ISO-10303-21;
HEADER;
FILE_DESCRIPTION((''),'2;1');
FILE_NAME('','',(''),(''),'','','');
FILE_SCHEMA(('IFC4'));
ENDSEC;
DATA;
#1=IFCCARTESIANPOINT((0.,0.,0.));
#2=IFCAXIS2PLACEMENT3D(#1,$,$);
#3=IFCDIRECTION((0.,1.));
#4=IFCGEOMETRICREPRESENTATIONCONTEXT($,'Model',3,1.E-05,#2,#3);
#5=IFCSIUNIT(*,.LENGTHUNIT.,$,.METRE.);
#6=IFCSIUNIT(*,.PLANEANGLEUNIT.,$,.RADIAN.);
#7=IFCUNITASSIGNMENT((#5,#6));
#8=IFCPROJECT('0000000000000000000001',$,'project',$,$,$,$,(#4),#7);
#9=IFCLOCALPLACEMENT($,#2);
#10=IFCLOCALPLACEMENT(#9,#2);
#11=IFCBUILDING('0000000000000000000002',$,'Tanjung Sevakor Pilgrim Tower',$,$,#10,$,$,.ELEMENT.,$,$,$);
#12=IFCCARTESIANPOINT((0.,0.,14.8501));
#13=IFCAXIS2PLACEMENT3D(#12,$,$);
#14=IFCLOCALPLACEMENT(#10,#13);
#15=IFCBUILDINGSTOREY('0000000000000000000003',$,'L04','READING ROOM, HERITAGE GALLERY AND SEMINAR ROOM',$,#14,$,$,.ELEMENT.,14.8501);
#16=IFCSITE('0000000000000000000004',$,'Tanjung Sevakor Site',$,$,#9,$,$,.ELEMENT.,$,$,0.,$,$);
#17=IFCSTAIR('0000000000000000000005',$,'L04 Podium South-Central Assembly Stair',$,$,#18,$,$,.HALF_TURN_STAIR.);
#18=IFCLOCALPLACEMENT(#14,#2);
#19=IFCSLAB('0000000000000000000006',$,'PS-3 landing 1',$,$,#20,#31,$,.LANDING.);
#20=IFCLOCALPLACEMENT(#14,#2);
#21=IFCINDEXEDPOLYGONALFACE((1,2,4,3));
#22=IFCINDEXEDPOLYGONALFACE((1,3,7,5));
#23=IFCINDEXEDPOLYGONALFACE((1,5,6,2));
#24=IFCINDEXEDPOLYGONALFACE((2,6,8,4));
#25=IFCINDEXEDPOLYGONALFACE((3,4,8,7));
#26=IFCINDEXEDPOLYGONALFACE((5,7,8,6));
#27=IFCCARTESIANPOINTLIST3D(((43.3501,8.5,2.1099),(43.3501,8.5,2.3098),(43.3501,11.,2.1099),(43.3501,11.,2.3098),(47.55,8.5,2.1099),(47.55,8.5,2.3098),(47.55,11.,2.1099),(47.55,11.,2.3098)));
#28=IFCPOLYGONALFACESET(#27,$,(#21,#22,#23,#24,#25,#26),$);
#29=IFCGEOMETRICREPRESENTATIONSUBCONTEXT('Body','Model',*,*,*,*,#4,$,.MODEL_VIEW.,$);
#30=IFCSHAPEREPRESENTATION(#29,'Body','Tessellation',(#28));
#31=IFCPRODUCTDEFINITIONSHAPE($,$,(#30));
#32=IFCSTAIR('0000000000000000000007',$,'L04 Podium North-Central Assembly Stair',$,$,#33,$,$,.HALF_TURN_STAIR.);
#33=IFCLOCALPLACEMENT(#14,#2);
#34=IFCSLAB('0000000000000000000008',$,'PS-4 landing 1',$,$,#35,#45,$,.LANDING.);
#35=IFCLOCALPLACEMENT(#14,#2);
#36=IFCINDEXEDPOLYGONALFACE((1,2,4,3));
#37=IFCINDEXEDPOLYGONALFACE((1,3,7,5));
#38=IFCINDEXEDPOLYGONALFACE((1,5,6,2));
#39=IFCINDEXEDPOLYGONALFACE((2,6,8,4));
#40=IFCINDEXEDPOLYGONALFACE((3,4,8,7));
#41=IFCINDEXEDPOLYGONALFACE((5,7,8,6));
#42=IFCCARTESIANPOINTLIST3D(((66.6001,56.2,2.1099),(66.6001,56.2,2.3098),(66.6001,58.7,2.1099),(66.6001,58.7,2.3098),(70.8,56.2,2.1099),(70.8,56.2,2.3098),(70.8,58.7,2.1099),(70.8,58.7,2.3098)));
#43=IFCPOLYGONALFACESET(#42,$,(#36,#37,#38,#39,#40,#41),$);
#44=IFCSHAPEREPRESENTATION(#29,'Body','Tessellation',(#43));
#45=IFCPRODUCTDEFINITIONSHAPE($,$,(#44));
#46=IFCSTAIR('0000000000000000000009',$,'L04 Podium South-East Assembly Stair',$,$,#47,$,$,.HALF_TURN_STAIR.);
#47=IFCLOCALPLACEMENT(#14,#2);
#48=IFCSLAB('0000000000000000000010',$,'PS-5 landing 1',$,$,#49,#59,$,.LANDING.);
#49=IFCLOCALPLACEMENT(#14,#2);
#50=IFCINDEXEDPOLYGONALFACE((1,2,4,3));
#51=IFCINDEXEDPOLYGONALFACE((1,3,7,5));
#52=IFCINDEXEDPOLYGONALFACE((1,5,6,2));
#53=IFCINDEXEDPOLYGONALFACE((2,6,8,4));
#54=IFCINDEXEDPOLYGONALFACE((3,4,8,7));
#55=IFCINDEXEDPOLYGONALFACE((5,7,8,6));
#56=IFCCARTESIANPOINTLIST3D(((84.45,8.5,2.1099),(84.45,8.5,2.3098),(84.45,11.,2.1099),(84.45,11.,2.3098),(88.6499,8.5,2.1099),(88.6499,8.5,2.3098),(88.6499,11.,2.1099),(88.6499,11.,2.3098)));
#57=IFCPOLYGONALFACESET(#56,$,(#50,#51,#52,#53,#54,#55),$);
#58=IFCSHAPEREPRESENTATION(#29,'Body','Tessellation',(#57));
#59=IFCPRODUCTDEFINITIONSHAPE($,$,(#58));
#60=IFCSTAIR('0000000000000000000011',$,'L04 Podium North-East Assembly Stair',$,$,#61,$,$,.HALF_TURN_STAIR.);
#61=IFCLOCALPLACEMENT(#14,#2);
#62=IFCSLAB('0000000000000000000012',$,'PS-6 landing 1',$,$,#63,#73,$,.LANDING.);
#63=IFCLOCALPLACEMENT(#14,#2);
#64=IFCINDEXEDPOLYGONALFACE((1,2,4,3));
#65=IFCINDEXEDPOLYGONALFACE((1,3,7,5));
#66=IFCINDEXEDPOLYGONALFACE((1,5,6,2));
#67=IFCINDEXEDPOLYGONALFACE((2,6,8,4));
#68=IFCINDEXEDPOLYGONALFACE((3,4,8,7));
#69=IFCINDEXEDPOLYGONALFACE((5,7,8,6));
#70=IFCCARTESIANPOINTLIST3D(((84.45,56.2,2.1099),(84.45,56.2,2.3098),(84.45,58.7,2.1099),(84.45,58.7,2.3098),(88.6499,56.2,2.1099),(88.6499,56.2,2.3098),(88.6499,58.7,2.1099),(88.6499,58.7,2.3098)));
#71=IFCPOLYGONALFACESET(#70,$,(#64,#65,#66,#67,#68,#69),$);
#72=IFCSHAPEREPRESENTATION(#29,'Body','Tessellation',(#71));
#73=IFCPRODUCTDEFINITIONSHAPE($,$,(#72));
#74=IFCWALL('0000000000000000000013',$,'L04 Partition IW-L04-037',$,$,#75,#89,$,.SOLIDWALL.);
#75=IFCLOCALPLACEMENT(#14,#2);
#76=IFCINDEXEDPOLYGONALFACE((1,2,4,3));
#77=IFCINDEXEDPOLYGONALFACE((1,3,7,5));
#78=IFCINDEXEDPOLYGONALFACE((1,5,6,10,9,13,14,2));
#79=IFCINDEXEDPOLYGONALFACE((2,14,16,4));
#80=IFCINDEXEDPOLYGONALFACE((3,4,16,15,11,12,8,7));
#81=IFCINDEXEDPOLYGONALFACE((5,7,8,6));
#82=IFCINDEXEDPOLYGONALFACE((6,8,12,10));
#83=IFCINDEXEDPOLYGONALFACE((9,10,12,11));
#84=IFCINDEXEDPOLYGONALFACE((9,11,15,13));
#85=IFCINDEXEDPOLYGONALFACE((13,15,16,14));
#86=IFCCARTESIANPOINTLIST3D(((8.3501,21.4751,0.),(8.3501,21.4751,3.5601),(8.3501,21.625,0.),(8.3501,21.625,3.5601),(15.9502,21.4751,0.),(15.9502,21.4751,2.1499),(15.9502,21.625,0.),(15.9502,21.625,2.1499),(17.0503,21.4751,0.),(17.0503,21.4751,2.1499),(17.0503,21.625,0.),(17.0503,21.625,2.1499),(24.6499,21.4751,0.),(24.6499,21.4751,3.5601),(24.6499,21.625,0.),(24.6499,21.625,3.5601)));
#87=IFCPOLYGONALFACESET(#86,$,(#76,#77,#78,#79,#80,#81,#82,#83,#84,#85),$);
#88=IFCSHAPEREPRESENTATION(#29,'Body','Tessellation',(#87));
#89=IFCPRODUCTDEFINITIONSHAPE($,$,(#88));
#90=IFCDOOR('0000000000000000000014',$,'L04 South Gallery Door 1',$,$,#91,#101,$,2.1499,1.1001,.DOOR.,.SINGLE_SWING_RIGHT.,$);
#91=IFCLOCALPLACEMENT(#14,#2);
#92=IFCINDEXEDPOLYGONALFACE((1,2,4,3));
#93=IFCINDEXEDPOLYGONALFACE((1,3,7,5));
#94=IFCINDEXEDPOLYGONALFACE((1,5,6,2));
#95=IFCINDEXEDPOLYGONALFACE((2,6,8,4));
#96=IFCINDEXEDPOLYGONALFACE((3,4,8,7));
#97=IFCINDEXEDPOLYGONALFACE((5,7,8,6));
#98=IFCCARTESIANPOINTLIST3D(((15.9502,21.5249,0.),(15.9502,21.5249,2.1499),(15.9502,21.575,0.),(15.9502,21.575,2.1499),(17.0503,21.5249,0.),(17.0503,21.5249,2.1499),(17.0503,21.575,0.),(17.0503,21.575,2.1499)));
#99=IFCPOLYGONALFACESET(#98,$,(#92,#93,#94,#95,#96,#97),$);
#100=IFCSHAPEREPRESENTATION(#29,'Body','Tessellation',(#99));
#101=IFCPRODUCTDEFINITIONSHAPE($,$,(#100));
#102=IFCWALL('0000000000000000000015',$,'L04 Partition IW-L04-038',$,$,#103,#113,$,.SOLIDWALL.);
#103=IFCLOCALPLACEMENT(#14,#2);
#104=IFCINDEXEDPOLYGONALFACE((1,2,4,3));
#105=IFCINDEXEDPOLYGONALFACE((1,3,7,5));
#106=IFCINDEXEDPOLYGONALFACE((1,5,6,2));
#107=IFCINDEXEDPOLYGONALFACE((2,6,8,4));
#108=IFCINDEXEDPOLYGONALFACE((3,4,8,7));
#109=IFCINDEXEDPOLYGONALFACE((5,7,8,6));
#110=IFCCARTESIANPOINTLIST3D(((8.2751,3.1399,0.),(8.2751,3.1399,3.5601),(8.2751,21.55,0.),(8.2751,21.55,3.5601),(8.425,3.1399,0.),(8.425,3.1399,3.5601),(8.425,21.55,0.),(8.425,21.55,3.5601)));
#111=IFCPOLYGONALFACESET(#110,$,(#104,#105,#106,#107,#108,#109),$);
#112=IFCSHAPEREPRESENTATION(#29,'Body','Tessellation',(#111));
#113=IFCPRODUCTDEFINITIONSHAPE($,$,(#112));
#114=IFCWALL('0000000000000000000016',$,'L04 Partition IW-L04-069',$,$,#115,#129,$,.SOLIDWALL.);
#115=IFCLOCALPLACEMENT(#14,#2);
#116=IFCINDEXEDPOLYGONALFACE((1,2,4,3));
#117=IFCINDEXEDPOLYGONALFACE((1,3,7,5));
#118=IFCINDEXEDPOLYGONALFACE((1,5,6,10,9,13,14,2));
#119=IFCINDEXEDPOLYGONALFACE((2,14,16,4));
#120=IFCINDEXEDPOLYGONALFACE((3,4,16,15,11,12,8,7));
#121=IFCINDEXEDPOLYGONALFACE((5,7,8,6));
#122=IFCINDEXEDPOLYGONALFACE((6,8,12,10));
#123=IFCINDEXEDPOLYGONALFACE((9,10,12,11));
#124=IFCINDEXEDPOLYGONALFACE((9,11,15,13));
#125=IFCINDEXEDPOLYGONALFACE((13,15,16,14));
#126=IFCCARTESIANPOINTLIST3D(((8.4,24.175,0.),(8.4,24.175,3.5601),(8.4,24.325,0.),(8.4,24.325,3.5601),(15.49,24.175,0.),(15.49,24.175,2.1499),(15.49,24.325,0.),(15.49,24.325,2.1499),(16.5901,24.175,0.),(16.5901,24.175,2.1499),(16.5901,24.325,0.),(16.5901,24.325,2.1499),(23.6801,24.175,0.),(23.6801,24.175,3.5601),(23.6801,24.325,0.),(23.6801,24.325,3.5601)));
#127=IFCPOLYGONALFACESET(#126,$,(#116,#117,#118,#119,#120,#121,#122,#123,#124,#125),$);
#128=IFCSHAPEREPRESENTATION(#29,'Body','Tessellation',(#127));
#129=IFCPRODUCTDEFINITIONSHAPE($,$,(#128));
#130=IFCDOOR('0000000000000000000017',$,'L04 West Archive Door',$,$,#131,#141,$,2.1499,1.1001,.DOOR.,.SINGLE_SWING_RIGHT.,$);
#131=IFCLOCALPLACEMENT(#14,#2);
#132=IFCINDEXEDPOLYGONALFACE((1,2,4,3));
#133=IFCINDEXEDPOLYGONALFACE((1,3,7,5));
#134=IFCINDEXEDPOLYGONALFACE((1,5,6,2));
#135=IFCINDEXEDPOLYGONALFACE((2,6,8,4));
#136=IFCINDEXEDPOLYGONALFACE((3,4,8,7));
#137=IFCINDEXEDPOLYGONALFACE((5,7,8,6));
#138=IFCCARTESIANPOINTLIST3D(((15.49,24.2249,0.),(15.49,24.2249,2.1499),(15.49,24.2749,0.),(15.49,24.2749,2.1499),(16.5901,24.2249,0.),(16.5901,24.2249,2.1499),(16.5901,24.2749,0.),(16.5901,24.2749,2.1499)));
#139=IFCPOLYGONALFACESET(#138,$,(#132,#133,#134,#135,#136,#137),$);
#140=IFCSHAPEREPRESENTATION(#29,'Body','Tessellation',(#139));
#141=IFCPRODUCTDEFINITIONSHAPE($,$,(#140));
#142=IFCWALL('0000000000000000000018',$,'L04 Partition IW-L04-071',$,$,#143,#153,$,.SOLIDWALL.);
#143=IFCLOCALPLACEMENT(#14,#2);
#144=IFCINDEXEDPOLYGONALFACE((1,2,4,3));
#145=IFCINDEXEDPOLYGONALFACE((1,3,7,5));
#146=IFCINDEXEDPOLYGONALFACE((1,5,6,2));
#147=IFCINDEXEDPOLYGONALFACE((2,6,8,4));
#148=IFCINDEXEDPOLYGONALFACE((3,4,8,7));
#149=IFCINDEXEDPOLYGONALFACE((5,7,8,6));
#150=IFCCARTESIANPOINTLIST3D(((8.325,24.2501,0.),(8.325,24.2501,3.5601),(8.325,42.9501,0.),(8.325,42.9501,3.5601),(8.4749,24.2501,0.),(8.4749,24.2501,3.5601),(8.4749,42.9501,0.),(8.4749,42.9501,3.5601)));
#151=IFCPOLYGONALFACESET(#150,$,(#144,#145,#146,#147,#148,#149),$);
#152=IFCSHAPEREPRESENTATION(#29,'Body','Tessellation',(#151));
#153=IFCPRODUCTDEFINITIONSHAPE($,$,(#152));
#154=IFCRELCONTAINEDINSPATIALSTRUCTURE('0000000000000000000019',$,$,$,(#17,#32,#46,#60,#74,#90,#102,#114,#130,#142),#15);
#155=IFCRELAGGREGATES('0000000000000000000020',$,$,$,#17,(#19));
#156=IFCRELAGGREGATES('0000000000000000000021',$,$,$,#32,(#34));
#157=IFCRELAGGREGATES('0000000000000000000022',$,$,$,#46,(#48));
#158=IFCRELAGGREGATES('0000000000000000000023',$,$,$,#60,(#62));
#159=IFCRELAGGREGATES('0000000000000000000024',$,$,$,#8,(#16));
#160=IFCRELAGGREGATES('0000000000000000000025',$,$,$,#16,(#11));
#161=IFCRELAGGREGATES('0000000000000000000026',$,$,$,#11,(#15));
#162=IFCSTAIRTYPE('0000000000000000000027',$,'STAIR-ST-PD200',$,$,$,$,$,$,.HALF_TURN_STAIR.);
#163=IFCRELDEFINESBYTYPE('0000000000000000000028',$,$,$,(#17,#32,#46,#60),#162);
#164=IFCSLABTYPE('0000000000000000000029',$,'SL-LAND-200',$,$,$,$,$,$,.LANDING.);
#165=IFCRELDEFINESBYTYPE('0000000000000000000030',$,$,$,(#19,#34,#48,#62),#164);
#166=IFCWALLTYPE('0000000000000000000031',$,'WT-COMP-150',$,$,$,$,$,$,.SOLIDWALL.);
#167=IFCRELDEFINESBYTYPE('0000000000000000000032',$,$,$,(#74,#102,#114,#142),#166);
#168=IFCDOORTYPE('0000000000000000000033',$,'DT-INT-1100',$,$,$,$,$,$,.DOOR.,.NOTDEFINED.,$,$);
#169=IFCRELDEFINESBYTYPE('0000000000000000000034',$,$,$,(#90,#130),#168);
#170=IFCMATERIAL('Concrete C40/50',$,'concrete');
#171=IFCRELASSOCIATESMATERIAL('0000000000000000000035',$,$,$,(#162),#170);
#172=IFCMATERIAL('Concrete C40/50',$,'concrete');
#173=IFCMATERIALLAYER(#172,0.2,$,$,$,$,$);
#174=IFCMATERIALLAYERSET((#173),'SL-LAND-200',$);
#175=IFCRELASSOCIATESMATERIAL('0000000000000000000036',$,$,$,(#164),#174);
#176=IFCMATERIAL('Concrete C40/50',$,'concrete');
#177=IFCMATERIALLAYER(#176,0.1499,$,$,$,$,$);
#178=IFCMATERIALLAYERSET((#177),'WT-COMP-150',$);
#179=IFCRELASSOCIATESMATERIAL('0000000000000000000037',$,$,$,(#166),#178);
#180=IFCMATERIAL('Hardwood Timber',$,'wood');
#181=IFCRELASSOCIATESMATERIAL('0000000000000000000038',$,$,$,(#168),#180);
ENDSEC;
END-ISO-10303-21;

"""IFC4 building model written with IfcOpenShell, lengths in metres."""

from ifc_helpers import new_model, si_unit, direction, frame, frame_2d, origin, place, context, subcontext, project, spatial, polyline, rectangle, outline, extrude, material, layer, layer_set, type_object, element, fill, aggregate, save


model = new_model("IFC4")

# Units and contexts
model_context = context("Model", 3, precision=1e-05, world=origin(), true_north=direction((0.0, 1.0)))
body_context = subcontext(model_context, "Body", "Model", "MODEL_VIEW")
ifc_project = project(units=[si_unit("LENGTHUNIT", "METRE"), si_unit("PLANEANGLEUNIT", "RADIAN")], contexts=[model_context])

# Site, building, storey
site_placement = place(None, origin())
site = spatial("IfcSite", under=ifc_project, at=site_placement, Name="Tanjung Sevakor Site", CompositionType="ELEMENT", RefElevation=0.0)
building_placement = place(site_placement, origin())
building = spatial("IfcBuilding", under=site, at=building_placement, Name="Tanjung Sevakor Pilgrim Tower", CompositionType="ELEMENT")
storey_placement = place(building_placement, frame((0.0, 0.0, 14.8501)))
storey = spatial("IfcBuildingStorey", under=building, at=storey_placement, Name="L04", Description="READING ROOM, HERITAGE GALLERY AND SEMINAR ROOM", CompositionType="ELEMENT", Elevation=14.8501)

# Stairs, slabs
ifc_material_1 = material(Name="Concrete C40/50", Category="concrete")
stair_type = type_object("IfcStairType", Name="STAIR-ST-PD200", PredefinedType="HALF_TURN_STAIR", material=ifc_material_1)
stair_1_placement = place(storey_placement, origin())
stair_1 = element("IfcStair", 1, at=stair_1_placement, inside=storey, type_object=stair_type, Name="L04 Podium South-Central Assembly Stair", PredefinedType="HALF_TURN_STAIR")
ifc_material_2 = material(Name="Concrete C40/50", Category="concrete")
ifc_layer_1 = layer(ifc_material_2, 0.2)
ifc_layer_set_1 = layer_set([ifc_layer_1], Name="SL-LAND-200")
slab_type = type_object("IfcSlabType", Name="SL-LAND-200", PredefinedType="LANDING", material=ifc_layer_set_1)
slab_1_placement = place(storey_placement, frame((0.0, 0.0, 2.1099)))
slab_1 = element("IfcSlab", 2, at=slab_1_placement, type_object=slab_type, Name="PS-3 landing 1", PredefinedType="LANDING", context=body_context, shape_type="SweptSolid", body=[
    extrude(outline(polyline([(43.3501, 11.0), (43.3501, 8.5), (47.55, 8.5), (47.55, 11.0), (43.3501, 11.0)])), origin(), (0.0, 0.0, 1.0), 0.2),
])
aggregate(stair_1, [slab_1])
stair_2_placement = place(storey_placement, origin())
stair_2 = element("IfcStair", 3, at=stair_2_placement, inside=storey, type_object=stair_type, Name="L04 Podium North-Central Assembly Stair", PredefinedType="HALF_TURN_STAIR")
slab_2_placement = place(storey_placement, frame((0.0, 0.0, 2.1099)))
slab_2 = element("IfcSlab", 4, at=slab_2_placement, type_object=slab_type, Name="PS-4 landing 1", PredefinedType="LANDING", context=body_context, shape_type="SweptSolid", body=[
    extrude(outline(polyline([(70.8, 56.2), (70.8, 58.7), (66.6001, 58.7), (66.6001, 56.2), (70.8, 56.2)])), origin(), (0.0, 0.0, 1.0), 0.2),
])
aggregate(stair_2, [slab_2])
stair_3_placement = place(storey_placement, origin())
stair_3 = element("IfcStair", 5, at=stair_3_placement, inside=storey, type_object=stair_type, Name="L04 Podium South-East Assembly Stair", PredefinedType="HALF_TURN_STAIR")
slab_3_placement = place(storey_placement, frame((0.0, 0.0, 2.1099)))
slab_3 = element("IfcSlab", 6, at=slab_3_placement, type_object=slab_type, Name="PS-5 landing 1", PredefinedType="LANDING", context=body_context, shape_type="SweptSolid", body=[
    extrude(outline(polyline([(84.45, 11.0), (84.45, 8.5), (88.6499, 8.5), (88.6499, 11.0), (84.45, 11.0)])), origin(), (0.0, 0.0, 1.0), 0.2),
])
aggregate(stair_3, [slab_3])
stair_4_placement = place(storey_placement, origin())
stair_4 = element("IfcStair", 7, at=stair_4_placement, inside=storey, type_object=stair_type, Name="L04 Podium North-East Assembly Stair", PredefinedType="HALF_TURN_STAIR")
slab_4_placement = place(storey_placement, frame((0.0, 0.0, 2.1099)))
slab_4 = element("IfcSlab", 8, at=slab_4_placement, type_object=slab_type, Name="PS-6 landing 1", PredefinedType="LANDING", context=body_context, shape_type="SweptSolid", body=[
    extrude(outline(polyline([(88.6499, 56.2), (88.6499, 58.7), (84.45, 58.7), (84.45, 56.2), (88.6499, 56.2)])), origin(), (0.0, 0.0, 1.0), 0.2),
])
aggregate(stair_4, [slab_4])

# Wall, opening, door
ifc_material_3 = material(Name="Concrete C40/50", Category="concrete")
ifc_layer_2 = layer(ifc_material_3, 0.1499)
ifc_layer_set_2 = layer_set([ifc_layer_2], Name="WT-COMP-150")
wall_type_1 = type_object("IfcWallType", Name="WT-COMP-150", PredefinedType="SOLIDWALL", material=ifc_layer_set_2)
wall_1_placement = place(storey_placement, frame((8.3501, 21.55, 0.0), z_axis=(0.0, 0.0, 1.0), x_axis=(1.0, 0.0, 0.0)))
wall_1 = element("IfcWall", 9, at=wall_1_placement, inside=storey, type_object=wall_type_1, Name="L04 Partition IW-L04-037", PredefinedType="SOLIDWALL", context=body_context, shape_type="SweptSolid", body=[
    extrude(rectangle(XDim=16.2998, YDim=0.1499, at=frame_2d((8.1499, 0.0))), origin(), (0.0, 0.0, 1.0), 3.5601),
])
opening_1_placement = place(wall_1_placement, frame((7.6001, 0.0, 0.0)))
opening_1 = element("IfcOpeningElement", 10, at=opening_1_placement, cuts=wall_1, PredefinedType="OPENING", context=body_context, shape_type="SweptSolid", body=[
    extrude(rectangle(XDim=1.1001, YDim=2.1499, at=frame_2d((0.55, 1.075))), frame((0.0, 0.085, 0.0), z_axis=(0.0, -1.0, 0.0), x_axis=(1.0, 0.0, 0.0)), (0.0, 0.0, 1.0), 0.1699),
])
ifc_material_4 = material(Name="Hardwood Timber", Category="wood")
door_type_1 = type_object("IfcDoorType", Name="DT-INT-1100", OperationType="NOTDEFINED", PredefinedType="DOOR", material=ifc_material_4)
door_1_placement = place(opening_1_placement, origin())
door_1 = element("IfcDoor", 11, at=door_1_placement, inside=storey, type_object=door_type_1, Name="L04 South Gallery Door 1", OperationType="SINGLE_SWING_RIGHT", OverallHeight=2.1499, OverallWidth=1.1001, PredefinedType="DOOR", context=body_context, shape_type="SweptSolid", body=[
    extrude(rectangle(XDim=1.1001, YDim=2.1499, at=frame_2d((0.55, 1.075))), frame((0.0, 0.0249, 0.0), z_axis=(0.0, -1.0, 0.0), x_axis=(1.0, 0.0, 0.0)), (0.0, 0.0, 1.0), 0.05),
])
fill(opening_1, door_1)

# Wall
wall_2_placement = place(storey_placement, frame((8.3501, 3.1399, 0.0), z_axis=(0.0, 0.0, 1.0), x_axis=(0.0, 1.0, 0.0)))
element("IfcWall", 12, at=wall_2_placement, inside=storey, type_object=wall_type_1, Name="L04 Partition IW-L04-038", PredefinedType="SOLIDWALL", context=body_context, shape_type="SweptSolid", body=[
    extrude(rectangle(XDim=18.4102, YDim=0.1499, at=frame_2d((9.2051, 0.0))), origin(), (0.0, 0.0, 1.0), 3.5601),
])

# Wall, opening, door
wall_3_placement = place(storey_placement, frame((8.3999, 24.25, 0.0), z_axis=(0.0, 0.0, 1.0), x_axis=(1.0, 0.0, 0.0)))
wall_3 = element("IfcWall", 13, at=wall_3_placement, inside=storey, type_object=wall_type_1, Name="L04 Partition IW-L04-069", PredefinedType="SOLIDWALL", context=body_context, shape_type="SweptSolid", body=[
    extrude(rectangle(XDim=15.28, YDim=0.1499, at=frame_2d((7.6401, 0.0))), origin(), (0.0, 0.0, 1.0), 3.5601),
])
opening_2_placement = place(wall_3_placement, frame((7.0901, 0.0, 0.0)))
opening_2 = element("IfcOpeningElement", 14, at=opening_2_placement, cuts=wall_3, PredefinedType="OPENING", context=body_context, shape_type="SweptSolid", body=[
    extrude(rectangle(XDim=1.1001, YDim=2.1499, at=frame_2d((0.55, 1.075))), frame((0.0, 0.085, 0.0), z_axis=(0.0, -1.0, 0.0), x_axis=(1.0, 0.0, 0.0)), (0.0, 0.0, 1.0), 0.1699),
])
door_2_placement = place(opening_2_placement, origin())
door_2 = element("IfcDoor", 15, at=door_2_placement, inside=storey, type_object=door_type_1, Name="L04 West Archive Door", OperationType="SINGLE_SWING_RIGHT", OverallHeight=2.1499, OverallWidth=1.1001, PredefinedType="DOOR", context=body_context, shape_type="SweptSolid", body=[
    extrude(rectangle(XDim=1.1001, YDim=2.1499, at=frame_2d((0.55, 1.075))), frame((0.0, 0.0249, 0.0), z_axis=(0.0, -1.0, 0.0), x_axis=(1.0, 0.0, 0.0)), (0.0, 0.0, 1.0), 0.05),
])
fill(opening_2, door_2)

# Wall
wall_4_placement = place(storey_placement, frame((8.3999, 24.25, 0.0), z_axis=(0.0, 0.0, 1.0), x_axis=(0.0, 1.0, 0.0)))
element("IfcWall", 16, at=wall_4_placement, inside=storey, type_object=wall_type_1, Name="L04 Partition IW-L04-071", PredefinedType="SOLIDWALL", context=body_context, shape_type="SweptSolid", body=[
    extrude(rectangle(XDim=18.7, YDim=0.1499, at=frame_2d((9.3501, 0.0))), origin(), (0.0, 0.0, 1.0), 3.5601),
])

save(model, "model.ifc")
